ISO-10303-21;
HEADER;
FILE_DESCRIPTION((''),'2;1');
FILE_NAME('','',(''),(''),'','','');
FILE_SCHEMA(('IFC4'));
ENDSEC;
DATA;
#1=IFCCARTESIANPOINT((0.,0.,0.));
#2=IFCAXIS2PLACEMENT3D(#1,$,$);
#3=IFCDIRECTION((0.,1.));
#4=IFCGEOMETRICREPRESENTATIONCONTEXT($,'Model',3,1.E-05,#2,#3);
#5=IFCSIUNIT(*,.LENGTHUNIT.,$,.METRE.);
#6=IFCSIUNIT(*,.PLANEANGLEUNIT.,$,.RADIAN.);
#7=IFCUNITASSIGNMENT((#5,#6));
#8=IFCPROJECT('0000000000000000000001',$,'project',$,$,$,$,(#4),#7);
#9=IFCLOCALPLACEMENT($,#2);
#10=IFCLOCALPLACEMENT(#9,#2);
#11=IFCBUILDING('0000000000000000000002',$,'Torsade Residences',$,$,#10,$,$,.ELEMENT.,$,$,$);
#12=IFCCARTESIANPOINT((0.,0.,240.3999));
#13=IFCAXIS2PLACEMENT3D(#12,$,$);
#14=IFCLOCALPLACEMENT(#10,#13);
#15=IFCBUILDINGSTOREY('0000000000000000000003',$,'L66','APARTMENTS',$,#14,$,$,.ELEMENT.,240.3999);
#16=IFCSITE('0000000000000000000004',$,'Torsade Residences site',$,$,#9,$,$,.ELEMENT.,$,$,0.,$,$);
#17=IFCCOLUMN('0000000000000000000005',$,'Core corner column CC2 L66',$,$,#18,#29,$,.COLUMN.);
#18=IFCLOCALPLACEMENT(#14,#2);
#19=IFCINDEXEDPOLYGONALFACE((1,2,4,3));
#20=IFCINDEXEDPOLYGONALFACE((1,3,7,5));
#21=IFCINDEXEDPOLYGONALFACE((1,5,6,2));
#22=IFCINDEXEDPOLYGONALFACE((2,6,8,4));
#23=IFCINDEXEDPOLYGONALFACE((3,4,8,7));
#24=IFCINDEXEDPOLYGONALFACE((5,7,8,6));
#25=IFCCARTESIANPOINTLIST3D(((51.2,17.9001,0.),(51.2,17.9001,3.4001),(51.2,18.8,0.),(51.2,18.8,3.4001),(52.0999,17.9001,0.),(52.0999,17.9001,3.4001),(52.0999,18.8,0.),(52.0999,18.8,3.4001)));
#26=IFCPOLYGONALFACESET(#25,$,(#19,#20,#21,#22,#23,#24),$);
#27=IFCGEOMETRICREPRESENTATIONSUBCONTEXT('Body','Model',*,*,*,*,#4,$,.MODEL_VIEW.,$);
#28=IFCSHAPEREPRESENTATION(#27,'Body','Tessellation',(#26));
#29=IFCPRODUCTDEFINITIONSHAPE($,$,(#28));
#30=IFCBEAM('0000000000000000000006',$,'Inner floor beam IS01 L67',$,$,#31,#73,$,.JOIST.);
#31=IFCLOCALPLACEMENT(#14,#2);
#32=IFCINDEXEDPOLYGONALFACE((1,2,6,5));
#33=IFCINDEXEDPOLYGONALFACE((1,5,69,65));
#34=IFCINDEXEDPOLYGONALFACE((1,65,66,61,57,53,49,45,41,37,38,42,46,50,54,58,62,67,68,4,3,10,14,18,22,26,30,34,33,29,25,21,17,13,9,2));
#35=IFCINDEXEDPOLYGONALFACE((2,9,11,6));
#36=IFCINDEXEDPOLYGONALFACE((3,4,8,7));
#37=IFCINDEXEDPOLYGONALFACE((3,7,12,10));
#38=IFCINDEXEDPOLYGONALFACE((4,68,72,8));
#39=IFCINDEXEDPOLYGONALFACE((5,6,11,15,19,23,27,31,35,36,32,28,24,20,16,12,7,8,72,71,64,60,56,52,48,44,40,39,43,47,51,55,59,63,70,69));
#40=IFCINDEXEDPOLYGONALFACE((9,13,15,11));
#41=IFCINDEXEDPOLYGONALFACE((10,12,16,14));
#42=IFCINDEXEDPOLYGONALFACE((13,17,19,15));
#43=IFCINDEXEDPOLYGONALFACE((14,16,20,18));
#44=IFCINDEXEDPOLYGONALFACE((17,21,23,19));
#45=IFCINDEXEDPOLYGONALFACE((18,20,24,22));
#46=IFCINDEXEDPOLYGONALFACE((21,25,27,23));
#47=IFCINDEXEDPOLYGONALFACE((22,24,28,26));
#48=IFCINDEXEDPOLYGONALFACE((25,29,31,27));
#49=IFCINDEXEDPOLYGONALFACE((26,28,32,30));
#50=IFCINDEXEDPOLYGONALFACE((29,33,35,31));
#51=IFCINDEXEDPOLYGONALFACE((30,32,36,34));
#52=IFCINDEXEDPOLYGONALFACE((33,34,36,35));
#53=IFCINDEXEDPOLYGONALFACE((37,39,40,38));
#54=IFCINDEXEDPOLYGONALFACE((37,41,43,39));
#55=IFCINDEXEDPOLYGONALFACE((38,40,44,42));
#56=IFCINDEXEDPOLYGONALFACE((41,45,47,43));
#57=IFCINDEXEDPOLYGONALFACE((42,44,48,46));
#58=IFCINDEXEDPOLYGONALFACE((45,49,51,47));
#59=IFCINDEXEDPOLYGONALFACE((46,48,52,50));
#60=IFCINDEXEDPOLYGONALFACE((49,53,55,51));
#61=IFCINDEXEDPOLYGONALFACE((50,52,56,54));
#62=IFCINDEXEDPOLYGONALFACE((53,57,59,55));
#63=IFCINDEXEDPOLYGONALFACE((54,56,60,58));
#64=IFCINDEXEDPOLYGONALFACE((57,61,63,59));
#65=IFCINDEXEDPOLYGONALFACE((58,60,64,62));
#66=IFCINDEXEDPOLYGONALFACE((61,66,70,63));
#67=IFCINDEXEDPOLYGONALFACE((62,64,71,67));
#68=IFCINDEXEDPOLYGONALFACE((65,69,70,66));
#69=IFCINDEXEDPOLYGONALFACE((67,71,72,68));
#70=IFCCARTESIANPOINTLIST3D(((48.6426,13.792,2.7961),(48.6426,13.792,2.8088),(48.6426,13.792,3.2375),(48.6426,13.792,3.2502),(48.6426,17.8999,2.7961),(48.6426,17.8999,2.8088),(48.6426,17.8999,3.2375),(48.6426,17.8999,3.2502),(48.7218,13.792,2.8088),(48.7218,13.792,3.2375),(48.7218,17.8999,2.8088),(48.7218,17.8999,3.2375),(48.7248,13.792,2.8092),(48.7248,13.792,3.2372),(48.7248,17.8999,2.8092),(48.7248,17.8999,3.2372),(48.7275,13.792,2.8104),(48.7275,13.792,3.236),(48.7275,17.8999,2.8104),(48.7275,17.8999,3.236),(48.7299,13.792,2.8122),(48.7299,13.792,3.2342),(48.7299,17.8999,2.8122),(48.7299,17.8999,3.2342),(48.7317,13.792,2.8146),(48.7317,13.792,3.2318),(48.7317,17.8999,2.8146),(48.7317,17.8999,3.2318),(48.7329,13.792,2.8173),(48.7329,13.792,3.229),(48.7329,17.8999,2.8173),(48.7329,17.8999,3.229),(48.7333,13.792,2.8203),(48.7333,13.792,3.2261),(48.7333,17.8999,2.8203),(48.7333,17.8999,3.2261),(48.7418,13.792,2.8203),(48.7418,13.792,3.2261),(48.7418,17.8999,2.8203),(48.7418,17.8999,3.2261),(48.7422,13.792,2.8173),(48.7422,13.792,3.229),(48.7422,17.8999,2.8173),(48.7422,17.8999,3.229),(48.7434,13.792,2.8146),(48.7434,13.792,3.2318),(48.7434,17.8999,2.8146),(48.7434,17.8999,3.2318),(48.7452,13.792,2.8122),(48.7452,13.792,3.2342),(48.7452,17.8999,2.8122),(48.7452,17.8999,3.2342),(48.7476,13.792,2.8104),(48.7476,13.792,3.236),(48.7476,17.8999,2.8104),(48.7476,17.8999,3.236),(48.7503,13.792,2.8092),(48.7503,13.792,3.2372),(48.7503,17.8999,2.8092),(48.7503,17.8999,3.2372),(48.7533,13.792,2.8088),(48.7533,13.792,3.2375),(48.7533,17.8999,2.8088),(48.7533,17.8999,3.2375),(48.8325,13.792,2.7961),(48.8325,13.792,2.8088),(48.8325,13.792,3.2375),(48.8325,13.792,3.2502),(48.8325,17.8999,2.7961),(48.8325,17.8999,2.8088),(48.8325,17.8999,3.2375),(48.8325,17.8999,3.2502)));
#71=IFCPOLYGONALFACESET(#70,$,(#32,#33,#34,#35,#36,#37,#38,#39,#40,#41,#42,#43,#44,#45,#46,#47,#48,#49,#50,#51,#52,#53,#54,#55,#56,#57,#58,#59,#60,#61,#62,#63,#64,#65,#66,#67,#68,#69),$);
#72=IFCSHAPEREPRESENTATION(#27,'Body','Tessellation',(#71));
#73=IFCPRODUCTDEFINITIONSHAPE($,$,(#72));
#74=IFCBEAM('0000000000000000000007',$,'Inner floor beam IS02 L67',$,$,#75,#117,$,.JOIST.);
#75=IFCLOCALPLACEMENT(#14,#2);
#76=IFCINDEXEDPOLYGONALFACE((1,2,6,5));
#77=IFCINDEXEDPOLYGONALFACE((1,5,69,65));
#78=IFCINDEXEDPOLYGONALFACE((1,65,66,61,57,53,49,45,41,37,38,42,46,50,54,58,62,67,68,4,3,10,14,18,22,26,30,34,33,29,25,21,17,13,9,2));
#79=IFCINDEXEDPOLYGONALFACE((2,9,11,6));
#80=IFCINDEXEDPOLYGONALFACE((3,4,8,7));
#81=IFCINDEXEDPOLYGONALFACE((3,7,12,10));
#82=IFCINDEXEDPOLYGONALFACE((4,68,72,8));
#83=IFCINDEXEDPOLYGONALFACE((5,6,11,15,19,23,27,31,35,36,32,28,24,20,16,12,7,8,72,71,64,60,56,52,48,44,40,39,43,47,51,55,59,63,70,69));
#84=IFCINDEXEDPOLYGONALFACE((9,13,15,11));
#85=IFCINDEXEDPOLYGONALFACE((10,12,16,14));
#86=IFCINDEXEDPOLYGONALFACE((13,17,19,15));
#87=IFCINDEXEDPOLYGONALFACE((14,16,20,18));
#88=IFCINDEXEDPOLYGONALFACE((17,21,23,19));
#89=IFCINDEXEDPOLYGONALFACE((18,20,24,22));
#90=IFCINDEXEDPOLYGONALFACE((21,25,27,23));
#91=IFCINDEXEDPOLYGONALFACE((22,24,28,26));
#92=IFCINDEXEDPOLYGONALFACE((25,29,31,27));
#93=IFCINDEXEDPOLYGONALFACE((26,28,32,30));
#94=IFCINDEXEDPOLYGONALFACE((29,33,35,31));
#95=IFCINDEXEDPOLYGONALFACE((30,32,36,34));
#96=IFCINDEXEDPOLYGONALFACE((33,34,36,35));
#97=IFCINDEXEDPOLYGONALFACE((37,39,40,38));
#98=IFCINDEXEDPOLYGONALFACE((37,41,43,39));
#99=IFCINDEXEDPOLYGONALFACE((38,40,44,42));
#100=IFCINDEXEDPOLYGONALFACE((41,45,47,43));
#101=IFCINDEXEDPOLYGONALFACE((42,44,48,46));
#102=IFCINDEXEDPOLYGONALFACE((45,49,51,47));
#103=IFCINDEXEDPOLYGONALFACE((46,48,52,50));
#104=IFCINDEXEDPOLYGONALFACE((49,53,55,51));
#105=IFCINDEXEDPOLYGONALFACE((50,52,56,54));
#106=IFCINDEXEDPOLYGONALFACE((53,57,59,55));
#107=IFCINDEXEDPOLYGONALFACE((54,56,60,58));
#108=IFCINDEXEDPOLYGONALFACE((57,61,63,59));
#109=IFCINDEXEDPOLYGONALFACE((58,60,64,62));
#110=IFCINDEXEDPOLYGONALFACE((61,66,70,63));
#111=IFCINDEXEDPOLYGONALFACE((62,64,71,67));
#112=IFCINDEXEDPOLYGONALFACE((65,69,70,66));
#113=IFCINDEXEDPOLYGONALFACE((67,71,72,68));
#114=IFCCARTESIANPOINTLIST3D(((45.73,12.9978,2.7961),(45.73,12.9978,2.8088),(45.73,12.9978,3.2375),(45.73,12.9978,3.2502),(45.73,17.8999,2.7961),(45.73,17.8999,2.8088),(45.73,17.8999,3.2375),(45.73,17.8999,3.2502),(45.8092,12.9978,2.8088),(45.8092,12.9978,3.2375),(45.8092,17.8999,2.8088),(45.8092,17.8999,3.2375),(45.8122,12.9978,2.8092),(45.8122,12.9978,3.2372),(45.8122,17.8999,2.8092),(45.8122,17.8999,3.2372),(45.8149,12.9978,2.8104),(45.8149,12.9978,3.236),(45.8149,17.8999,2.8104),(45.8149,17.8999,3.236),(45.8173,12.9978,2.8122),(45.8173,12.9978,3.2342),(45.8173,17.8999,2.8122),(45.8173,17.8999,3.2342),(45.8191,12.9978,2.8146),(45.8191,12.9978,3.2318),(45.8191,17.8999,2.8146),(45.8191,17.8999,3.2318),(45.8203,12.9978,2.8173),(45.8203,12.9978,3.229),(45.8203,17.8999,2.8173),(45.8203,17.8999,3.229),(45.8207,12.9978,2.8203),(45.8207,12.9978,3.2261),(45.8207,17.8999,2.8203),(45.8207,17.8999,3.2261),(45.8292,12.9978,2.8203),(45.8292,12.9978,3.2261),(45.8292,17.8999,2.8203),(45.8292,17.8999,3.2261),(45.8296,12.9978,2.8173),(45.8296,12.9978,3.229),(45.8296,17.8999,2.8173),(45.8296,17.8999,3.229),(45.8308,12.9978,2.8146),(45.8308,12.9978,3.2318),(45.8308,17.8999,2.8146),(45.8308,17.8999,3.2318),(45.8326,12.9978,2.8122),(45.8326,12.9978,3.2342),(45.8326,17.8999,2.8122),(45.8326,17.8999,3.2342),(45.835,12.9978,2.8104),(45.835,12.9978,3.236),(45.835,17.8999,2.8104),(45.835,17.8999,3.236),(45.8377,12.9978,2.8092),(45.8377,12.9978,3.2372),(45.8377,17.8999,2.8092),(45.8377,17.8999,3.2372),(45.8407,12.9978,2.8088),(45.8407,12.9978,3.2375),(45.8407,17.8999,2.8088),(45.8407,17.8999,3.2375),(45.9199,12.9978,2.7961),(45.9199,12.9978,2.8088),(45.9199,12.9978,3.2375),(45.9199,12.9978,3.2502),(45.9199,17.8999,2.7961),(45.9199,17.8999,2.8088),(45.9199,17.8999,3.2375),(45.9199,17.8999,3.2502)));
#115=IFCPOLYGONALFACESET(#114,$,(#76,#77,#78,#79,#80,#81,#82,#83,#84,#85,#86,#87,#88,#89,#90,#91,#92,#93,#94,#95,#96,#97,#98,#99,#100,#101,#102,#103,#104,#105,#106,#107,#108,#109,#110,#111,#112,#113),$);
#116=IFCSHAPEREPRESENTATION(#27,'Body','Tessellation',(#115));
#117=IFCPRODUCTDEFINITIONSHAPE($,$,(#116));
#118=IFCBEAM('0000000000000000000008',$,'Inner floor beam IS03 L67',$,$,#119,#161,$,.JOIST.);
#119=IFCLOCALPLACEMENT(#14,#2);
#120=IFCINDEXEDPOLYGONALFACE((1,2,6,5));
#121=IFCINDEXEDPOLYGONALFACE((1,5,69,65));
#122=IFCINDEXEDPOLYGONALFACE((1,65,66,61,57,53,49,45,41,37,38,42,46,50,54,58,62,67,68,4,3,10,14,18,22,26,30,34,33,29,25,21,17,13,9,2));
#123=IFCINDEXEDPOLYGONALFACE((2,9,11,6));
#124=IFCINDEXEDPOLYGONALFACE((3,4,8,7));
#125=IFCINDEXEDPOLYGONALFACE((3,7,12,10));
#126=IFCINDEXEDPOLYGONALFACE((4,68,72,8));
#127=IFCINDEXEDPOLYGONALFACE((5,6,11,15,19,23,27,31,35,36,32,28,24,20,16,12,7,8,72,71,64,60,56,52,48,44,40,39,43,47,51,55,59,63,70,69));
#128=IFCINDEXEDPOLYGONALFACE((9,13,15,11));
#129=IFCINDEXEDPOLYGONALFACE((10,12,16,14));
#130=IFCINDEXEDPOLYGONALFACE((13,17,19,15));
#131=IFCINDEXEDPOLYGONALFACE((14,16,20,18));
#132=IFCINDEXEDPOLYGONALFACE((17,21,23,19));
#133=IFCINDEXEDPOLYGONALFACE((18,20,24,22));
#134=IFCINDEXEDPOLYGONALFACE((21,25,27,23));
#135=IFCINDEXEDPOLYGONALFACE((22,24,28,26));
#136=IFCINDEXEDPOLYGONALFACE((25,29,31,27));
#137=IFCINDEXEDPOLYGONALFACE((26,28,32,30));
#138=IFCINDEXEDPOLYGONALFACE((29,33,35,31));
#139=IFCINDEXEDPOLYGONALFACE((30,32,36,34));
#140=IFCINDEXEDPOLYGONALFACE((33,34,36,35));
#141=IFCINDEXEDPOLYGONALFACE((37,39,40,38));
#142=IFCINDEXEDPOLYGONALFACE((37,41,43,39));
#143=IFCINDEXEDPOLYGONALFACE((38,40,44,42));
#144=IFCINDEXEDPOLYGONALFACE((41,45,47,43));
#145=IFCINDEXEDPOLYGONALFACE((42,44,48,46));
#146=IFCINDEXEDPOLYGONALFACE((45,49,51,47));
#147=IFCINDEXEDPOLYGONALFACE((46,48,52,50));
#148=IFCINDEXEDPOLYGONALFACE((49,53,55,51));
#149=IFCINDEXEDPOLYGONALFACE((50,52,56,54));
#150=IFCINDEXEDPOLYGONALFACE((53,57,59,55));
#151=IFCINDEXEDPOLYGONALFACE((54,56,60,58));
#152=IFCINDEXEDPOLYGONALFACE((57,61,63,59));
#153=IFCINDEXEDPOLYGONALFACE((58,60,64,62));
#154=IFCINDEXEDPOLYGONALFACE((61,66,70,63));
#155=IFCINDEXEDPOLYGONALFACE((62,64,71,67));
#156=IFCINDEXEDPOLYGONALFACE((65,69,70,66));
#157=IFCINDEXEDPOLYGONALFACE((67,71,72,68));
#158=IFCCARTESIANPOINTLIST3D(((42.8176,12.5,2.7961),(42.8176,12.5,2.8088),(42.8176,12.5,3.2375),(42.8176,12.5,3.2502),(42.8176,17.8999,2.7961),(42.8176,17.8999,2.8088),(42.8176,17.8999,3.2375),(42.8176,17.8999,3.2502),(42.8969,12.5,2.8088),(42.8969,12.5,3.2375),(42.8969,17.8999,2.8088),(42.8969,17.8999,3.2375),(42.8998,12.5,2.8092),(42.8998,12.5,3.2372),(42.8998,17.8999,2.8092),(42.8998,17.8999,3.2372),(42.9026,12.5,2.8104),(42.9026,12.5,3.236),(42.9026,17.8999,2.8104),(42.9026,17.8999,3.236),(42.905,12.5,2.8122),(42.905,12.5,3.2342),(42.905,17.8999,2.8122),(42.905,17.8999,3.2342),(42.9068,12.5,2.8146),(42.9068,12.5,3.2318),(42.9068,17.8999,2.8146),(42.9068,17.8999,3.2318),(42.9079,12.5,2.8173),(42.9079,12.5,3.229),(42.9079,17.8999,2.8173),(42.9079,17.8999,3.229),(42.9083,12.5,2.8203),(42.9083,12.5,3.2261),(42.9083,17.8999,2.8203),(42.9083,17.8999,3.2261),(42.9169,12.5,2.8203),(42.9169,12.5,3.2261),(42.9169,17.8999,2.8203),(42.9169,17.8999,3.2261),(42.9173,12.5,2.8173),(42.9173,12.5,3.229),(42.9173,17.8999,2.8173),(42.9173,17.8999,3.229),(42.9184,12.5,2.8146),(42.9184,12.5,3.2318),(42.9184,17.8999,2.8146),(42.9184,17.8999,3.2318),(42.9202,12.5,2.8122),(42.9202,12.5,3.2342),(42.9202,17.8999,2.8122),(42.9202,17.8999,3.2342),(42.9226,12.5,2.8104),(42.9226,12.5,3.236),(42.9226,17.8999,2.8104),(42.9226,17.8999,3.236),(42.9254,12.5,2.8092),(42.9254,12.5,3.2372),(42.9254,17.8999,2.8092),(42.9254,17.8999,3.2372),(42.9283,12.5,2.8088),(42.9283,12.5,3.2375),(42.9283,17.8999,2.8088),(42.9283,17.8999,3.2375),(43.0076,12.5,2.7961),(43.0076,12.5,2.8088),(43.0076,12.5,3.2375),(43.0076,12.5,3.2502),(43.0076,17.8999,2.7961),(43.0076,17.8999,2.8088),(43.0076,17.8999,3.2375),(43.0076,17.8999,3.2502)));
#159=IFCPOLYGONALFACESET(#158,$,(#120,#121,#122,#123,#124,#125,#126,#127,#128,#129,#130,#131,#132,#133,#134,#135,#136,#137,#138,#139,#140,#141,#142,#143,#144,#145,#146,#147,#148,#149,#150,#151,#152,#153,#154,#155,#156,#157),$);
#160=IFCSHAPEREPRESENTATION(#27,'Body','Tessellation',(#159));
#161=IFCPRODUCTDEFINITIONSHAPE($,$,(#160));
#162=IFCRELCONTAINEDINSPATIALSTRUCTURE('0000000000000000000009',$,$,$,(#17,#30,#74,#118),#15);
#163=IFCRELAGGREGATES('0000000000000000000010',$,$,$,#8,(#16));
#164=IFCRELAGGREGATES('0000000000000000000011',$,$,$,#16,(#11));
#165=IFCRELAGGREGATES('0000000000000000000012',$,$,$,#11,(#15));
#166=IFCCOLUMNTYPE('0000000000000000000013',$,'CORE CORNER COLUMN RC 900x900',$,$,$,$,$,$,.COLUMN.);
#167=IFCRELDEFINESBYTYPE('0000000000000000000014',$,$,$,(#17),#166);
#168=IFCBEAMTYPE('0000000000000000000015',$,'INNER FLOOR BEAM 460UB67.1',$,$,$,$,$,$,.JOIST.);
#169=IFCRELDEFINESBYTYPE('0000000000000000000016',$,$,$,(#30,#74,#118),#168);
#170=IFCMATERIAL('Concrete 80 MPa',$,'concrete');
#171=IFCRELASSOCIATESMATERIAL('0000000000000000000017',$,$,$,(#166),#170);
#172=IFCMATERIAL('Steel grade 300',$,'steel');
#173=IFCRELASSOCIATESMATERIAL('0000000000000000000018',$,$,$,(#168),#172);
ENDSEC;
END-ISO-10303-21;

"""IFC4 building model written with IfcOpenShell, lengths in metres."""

from ifc_helpers import new_model, si_unit, direction, frame, origin, origin_2d, place, context, subcontext, project, spatial, rectangle, i_section, extrude, material, material_profile, profile_set, type_object, element, save


model = new_model("IFC4")

# Units and contexts
model_context = context("Model", 3, precision=1e-05, world=origin(), true_north=direction((0.0, 1.0)))
body_context = subcontext(model_context, "Body", "Model", "MODEL_VIEW")
ifc_project = project(units=[si_unit("LENGTHUNIT", "METRE"), si_unit("PLANEANGLEUNIT", "RADIAN")], contexts=[model_context])

# Site, building, storey
site_placement = place(None, origin())
site = spatial("IfcSite", under=ifc_project, at=site_placement, Name="Torsade Residences site", CompositionType="ELEMENT", RefElevation=0.0)
building_placement = place(site_placement, origin())
building = spatial("IfcBuilding", under=site, at=building_placement, Name="Torsade Residences", CompositionType="ELEMENT")
storey_placement = place(building_placement, frame((0.0, 0.0, 240.3999)))
storey = spatial("IfcBuildingStorey", under=building, at=storey_placement, Name="L66", Description="APARTMENTS", CompositionType="ELEMENT", Elevation=240.3999)

# Column
ifc_material_1 = material(Name="Concrete 80 MPa", Category="concrete")
ifc_material_profile_1 = material_profile(ifc_material_1, rectangle(XDim=0.8999, YDim=0.8999, at=origin_2d()), Name="RC 900x900")
ifc_profile_set_1 = profile_set([ifc_material_profile_1], Name="Concrete 80 MPa")
column_type = type_object("IfcColumnType", Name="CORE CORNER COLUMN RC 900x900", PredefinedType="COLUMN", material=ifc_profile_set_1)
column_placement = place(storey_placement, frame((51.6499, 18.3501, 0.0), z_axis=(0.0, 0.0, 1.0), x_axis=(1.0, 0.0, 0.0)))
element("IfcColumn", 1, at=column_placement, inside=storey, type_object=column_type, Name="Core corner column CC2 L66", PredefinedType="COLUMN", context=body_context, shape_type="SweptSolid", body=[
    extrude(rectangle(XDim=0.8999, YDim=0.8999, at=origin_2d()), origin(), (0.0, 0.0, 1.0), 3.4001),
])

# Beams
ifc_material_2 = material(Name="Steel grade 300", Category="steel")
ifc_material_profile_2 = material_profile(ifc_material_2, i_section(OverallWidth=0.1899, OverallDepth=0.4541, WebThickness=0.0085, FlangeThickness=0.0127, FilletRadius=0.0115, at=origin_2d()), Name="460UB67.1")
ifc_profile_set_2 = profile_set([ifc_material_profile_2], Name="Steel grade 300")
beam_type_1 = type_object("IfcBeamType", Name="INNER FLOOR BEAM 460UB67.1", PredefinedType="JOIST", material=ifc_profile_set_2)
beam_1_placement = place(storey_placement, frame((48.7375, 17.8999, 3.0232), z_axis=(0.0, -1.0, 0.0), x_axis=(1.0, 0.0, 0.0)))
element("IfcBeam", 2, at=beam_1_placement, inside=storey, type_object=beam_type_1, Name="Inner floor beam IS01 L67", PredefinedType="JOIST", context=body_context, shape_type="SweptSolid", body=[
    extrude(i_section(OverallWidth=0.1899, OverallDepth=0.4541, WebThickness=0.0085, FlangeThickness=0.0127, FilletRadius=0.0115, at=origin_2d()), origin(), (0.0, 0.0, 1.0), 4.1079),
])
beam_2_placement = place(storey_placement, frame((45.825, 17.8999, 3.0232), z_axis=(0.0, -1.0, 0.0), x_axis=(1.0, 0.0, 0.0)))
element("IfcBeam", 3, at=beam_2_placement, inside=storey, type_object=beam_type_1, Name="Inner floor beam IS02 L67", PredefinedType="JOIST", context=body_context, shape_type="SweptSolid", body=[
    extrude(i_section(OverallWidth=0.1899, OverallDepth=0.4541, WebThickness=0.0085, FlangeThickness=0.0127, FilletRadius=0.0115, at=origin_2d()), origin(), (0.0, 0.0, 1.0), 4.9021),
])
for number, where, z_axis, x_axis, name in (
    (4, (42.9126, 17.8999, 3.0232), (0.0, -1.0, 0.0), (1.0, 0.0, 0.0), "Inner floor beam IS03 L67"),
):
    element("IfcBeam", number, at=place(storey_placement, frame(where, z_axis=z_axis, x_axis=x_axis)), inside=storey, type_object=beam_type_1, Name=name, PredefinedType="JOIST", context=body_context, shape_type="SweptSolid", body=[
        extrude(i_section(OverallWidth=0.1899, OverallDepth=0.4541, WebThickness=0.0085, FlangeThickness=0.0127, FilletRadius=0.0115, at=origin_2d()), origin(), (0.0, 0.0, 1.0), 5.3999),
    ])

save(model, "model.ifc")
